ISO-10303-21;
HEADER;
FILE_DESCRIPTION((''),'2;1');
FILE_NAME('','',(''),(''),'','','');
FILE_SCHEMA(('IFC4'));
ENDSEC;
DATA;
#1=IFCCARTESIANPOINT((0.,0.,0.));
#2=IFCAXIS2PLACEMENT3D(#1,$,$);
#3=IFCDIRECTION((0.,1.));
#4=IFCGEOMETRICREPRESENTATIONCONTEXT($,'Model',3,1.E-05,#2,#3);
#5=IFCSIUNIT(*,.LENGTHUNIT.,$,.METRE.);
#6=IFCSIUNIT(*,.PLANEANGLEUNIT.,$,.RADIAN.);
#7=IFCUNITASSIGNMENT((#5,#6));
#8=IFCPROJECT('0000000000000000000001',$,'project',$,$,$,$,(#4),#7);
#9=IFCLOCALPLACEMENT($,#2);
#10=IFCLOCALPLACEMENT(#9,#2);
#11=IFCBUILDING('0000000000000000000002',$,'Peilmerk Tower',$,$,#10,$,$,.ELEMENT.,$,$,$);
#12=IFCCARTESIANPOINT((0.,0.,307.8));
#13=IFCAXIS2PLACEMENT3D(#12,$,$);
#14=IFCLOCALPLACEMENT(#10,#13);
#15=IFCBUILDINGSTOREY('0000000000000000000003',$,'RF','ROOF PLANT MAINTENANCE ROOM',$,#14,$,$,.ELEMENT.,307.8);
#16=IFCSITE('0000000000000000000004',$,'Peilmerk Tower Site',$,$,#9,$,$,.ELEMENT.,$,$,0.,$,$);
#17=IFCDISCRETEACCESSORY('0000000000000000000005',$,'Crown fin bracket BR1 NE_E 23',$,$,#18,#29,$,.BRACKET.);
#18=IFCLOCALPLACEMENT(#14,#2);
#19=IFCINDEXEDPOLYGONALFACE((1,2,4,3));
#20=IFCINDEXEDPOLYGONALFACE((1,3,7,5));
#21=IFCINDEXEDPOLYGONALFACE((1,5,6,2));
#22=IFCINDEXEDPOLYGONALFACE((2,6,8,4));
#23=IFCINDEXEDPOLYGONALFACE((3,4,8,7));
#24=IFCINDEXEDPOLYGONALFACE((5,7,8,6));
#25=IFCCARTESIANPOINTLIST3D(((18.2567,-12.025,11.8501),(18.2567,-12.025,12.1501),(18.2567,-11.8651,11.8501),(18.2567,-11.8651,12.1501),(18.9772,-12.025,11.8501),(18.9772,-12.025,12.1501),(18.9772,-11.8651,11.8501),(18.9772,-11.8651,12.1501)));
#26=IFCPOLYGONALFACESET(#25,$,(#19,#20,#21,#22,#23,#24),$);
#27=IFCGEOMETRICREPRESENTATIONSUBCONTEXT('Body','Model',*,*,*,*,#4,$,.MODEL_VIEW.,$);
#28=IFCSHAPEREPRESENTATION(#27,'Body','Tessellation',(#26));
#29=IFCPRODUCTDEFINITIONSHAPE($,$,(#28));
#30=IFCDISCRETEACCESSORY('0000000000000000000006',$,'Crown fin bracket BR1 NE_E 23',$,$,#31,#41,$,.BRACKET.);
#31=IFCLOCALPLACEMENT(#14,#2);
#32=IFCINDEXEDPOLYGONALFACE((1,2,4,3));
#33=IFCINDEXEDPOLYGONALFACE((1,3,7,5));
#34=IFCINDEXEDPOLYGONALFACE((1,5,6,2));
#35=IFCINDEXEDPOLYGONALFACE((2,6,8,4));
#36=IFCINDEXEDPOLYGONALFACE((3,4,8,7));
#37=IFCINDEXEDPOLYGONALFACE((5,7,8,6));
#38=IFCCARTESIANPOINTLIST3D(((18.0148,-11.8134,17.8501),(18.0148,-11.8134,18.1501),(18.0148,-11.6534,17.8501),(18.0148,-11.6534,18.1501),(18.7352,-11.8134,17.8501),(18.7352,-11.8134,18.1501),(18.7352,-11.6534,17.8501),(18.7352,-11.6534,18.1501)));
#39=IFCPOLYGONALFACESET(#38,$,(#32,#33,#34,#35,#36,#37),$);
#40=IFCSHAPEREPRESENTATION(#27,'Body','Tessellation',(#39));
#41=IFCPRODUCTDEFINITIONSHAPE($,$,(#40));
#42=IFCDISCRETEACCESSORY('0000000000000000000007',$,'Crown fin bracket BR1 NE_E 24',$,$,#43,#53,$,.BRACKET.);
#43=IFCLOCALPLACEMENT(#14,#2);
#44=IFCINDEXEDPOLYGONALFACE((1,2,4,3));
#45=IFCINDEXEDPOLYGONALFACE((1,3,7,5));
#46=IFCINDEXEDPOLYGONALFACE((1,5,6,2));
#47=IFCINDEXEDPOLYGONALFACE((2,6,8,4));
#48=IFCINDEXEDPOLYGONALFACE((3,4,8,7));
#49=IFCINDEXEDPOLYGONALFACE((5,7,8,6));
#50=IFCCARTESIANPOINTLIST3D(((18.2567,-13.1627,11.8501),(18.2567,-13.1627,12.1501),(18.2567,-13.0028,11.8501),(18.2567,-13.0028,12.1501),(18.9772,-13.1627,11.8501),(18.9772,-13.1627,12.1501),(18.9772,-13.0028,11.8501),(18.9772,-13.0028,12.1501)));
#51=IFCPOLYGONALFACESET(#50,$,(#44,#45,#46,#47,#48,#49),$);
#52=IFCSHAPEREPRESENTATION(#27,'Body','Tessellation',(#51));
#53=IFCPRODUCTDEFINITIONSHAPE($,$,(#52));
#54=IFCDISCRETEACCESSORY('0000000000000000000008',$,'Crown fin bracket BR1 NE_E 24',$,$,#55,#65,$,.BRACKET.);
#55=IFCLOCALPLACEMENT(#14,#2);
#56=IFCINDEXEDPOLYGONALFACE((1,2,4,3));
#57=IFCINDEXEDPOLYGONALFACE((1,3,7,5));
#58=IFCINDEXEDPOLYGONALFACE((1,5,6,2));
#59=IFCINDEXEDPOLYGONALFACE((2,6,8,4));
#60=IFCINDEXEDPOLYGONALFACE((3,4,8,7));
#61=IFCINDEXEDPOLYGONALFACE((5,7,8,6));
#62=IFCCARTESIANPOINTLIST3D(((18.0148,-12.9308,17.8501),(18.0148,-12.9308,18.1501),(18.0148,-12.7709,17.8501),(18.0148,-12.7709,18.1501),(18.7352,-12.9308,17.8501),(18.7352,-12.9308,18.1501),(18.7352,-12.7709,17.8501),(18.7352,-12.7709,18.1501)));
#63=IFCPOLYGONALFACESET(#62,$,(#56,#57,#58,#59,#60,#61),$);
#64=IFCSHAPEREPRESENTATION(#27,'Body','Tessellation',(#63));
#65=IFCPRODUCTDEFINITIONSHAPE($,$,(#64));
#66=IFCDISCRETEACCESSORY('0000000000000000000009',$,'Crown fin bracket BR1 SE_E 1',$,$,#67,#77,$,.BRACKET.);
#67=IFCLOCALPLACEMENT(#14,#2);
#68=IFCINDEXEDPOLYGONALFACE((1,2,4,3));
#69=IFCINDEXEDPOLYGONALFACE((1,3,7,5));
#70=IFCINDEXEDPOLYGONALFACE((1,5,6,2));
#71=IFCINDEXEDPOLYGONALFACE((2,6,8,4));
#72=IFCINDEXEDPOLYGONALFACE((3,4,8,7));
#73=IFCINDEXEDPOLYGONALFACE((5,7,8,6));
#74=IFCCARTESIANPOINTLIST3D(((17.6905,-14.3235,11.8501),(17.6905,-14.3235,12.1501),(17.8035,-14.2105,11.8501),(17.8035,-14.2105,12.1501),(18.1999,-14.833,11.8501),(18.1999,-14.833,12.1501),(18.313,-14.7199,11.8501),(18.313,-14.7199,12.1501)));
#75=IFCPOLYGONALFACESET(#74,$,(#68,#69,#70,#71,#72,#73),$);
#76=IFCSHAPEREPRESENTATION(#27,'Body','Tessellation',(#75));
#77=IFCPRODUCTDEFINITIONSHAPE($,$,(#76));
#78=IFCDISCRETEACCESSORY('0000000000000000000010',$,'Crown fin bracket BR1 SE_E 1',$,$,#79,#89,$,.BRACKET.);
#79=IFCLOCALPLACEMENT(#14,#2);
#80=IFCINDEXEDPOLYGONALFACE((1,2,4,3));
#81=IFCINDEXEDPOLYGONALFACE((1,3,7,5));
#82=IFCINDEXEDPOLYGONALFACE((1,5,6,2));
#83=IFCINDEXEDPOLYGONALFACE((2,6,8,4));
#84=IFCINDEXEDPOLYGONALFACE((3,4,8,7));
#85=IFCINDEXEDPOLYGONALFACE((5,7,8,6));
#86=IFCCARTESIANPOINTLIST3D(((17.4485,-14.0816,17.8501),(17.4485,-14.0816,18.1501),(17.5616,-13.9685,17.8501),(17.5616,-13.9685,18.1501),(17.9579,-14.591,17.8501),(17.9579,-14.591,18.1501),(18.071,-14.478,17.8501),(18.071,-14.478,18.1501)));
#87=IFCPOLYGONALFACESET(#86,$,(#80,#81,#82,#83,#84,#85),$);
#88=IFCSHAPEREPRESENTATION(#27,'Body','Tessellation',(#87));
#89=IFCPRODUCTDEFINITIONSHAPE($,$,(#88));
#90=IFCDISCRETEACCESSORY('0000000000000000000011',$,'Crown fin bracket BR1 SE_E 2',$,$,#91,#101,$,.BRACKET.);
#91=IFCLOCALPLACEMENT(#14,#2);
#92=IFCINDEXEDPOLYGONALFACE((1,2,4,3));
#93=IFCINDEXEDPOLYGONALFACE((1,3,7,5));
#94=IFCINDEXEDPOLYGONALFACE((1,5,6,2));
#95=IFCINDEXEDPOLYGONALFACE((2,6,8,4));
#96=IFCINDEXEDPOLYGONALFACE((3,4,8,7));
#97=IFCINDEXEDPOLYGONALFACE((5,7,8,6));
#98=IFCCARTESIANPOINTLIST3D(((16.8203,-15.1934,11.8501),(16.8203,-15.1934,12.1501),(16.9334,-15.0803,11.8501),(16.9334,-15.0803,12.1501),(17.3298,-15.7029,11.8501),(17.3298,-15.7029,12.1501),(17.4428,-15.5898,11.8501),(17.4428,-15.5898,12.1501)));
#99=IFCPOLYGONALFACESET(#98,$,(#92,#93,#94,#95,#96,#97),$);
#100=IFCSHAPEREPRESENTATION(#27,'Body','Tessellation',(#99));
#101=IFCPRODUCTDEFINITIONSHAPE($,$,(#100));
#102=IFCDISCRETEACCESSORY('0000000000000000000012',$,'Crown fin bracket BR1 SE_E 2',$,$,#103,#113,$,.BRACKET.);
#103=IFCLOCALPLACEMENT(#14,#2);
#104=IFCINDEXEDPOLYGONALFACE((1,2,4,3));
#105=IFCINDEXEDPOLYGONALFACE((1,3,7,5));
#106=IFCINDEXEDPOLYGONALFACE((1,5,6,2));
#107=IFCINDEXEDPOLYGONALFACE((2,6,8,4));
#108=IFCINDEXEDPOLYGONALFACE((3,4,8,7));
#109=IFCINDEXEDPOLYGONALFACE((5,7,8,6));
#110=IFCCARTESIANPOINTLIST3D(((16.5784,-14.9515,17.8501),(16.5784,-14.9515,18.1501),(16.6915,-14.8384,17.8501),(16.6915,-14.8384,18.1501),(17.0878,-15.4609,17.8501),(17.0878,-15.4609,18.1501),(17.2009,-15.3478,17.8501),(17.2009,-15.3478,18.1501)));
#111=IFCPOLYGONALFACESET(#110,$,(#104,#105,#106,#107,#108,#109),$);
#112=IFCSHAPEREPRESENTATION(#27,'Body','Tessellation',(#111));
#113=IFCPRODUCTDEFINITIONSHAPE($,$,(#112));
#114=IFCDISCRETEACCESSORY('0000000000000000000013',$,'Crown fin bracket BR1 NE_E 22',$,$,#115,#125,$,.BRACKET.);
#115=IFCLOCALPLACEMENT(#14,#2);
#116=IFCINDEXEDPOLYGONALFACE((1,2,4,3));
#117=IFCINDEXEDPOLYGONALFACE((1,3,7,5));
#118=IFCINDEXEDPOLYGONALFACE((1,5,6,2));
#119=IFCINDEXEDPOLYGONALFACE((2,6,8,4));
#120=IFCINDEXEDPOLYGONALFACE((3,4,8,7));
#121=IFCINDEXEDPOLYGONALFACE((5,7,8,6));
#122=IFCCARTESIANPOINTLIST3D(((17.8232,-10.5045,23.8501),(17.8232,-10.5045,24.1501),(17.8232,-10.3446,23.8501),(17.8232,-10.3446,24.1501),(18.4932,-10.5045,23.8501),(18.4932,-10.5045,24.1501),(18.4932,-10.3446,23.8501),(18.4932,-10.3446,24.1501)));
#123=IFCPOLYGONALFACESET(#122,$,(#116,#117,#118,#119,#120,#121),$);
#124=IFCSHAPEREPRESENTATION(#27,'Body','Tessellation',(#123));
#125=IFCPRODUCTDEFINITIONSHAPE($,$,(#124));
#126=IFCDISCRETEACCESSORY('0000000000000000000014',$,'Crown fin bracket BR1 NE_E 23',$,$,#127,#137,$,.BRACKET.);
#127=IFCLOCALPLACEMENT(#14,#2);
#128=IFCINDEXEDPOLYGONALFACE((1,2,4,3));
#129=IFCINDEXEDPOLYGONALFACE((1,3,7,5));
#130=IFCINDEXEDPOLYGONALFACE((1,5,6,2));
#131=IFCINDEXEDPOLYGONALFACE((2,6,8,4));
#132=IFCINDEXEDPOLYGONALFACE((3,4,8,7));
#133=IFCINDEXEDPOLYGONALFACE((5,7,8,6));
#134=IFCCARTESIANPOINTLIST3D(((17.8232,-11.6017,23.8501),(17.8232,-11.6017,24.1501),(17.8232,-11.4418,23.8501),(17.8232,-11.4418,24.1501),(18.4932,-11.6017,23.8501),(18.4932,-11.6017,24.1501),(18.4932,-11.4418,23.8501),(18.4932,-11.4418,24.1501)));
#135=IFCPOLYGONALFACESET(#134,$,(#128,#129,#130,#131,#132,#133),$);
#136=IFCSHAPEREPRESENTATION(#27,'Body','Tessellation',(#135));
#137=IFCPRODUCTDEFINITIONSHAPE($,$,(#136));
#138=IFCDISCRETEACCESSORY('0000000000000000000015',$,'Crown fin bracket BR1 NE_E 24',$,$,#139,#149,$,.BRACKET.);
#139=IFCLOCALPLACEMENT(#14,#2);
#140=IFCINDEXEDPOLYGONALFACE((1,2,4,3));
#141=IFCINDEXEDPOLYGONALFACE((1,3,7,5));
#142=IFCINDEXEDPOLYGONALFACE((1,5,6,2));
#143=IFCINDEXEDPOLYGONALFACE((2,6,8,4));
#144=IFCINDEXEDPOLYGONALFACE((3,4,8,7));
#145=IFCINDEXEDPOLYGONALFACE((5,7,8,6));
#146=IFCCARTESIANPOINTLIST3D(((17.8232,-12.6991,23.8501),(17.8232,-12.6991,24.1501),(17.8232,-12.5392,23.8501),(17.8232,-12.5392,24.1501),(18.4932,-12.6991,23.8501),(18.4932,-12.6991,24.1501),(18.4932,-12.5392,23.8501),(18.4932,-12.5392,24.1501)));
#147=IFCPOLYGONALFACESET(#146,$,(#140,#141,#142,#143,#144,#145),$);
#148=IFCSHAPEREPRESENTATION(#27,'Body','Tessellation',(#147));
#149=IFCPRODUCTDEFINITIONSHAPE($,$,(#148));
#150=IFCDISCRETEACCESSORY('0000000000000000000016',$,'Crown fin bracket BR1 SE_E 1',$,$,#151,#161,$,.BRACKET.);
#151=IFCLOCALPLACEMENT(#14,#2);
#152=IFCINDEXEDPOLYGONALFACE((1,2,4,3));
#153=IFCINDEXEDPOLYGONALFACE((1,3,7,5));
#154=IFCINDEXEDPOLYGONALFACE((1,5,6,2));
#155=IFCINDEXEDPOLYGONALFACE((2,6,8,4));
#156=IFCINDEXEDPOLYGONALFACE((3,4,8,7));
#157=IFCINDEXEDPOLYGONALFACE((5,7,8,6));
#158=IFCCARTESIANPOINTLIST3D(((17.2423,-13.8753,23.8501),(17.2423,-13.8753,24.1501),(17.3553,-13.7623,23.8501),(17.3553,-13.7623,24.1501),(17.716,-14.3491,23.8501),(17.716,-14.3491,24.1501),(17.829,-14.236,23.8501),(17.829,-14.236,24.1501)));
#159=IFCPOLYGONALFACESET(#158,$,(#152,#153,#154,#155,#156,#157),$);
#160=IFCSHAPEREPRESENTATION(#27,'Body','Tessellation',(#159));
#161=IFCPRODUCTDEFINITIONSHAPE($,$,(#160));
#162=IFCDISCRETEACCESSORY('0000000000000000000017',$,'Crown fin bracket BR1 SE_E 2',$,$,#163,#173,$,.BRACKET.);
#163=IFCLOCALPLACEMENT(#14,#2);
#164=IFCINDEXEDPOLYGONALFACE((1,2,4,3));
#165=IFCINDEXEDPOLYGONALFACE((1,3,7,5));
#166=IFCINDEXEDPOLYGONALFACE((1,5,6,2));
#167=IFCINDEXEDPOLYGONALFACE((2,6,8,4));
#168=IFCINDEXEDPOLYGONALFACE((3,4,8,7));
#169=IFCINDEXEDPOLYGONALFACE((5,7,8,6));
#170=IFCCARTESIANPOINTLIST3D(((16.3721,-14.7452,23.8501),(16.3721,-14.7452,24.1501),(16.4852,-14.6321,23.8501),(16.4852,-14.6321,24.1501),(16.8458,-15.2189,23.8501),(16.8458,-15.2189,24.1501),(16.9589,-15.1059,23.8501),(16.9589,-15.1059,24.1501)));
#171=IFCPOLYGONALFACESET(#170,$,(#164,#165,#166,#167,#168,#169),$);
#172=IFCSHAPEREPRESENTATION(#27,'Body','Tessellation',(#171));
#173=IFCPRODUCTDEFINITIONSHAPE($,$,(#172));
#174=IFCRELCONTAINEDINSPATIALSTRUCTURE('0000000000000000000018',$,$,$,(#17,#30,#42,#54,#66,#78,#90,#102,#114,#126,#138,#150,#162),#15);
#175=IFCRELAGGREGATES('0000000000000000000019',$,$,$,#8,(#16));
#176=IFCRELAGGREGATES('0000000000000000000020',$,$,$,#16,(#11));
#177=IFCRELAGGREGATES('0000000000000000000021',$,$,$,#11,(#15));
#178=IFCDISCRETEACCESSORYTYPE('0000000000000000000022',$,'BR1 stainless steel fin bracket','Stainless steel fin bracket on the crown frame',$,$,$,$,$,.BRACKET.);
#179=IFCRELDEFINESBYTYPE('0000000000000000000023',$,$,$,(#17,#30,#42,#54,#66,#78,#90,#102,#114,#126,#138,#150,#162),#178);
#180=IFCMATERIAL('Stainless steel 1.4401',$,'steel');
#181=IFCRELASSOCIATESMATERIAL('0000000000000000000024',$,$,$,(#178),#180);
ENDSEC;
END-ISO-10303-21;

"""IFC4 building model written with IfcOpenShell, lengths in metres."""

from ifc_helpers import new_model, si_unit, direction, frame, origin, origin_2d, place, context, subcontext, project, spatial, rectangle, extrude, source, transform, mapped, material, type_object, element, save


model = new_model("IFC4")

# Units and contexts
model_context = context("Model", 3, precision=1e-05, world=origin(), true_north=direction((0.0, 1.0)))
body_context = subcontext(model_context, "Body", "Model", "MODEL_VIEW")
ifc_project = project(units=[si_unit("LENGTHUNIT", "METRE"), si_unit("PLANEANGLEUNIT", "RADIAN")], contexts=[model_context])

# Site, building, storey
site_placement = place(None, origin())
site = spatial("IfcSite", under=ifc_project, at=site_placement, Name="Peilmerk Tower Site", CompositionType="ELEMENT", RefElevation=0.0)
building_placement = place(site_placement, origin())
building = spatial("IfcBuilding", under=site, at=building_placement, Name="Peilmerk Tower", CompositionType="ELEMENT")
storey_placement = place(building_placement, frame((0.0, 0.0, 307.8)))
storey = spatial("IfcBuildingStorey", under=building, at=storey_placement, Name="RF", Description="ROOF PLANT MAINTENANCE ROOM", CompositionType="ELEMENT", Elevation=307.8)

# Discrete accessories
ifc_material_1 = material(Name="Stainless steel 1.4401", Category="steel")
discrete_accessory_type = type_object("IfcDiscreteAccessoryType", Name="BR1 stainless steel fin bracket", Description="Stainless steel fin bracket on the crown frame", PredefinedType="BRACKET", material=ifc_material_1)
shared_shape_1 = source(origin(), body_context, "Body", "SweptSolid", [
    extrude(rectangle(XDim=0.7205, YDim=0.1599, at=origin_2d()), origin(), (0.0, 0.0, 1.0), 0.3),
])
for number, where, z_axis, x_axis, name in (
    (1, (18.6169, -11.9451, 11.8501), (0.0, 0.0, 1.0), (1.0, 0.0, 0.0), "Crown fin bracket BR1 NE_E 23"),
    (2, (18.375, -11.7334, 17.8501), (0.0, 0.0, 1.0), (1.0, 0.0, 0.0), "Crown fin bracket BR1 NE_E 23"),
    (3, (18.6169, -13.0828, 11.8501), (0.0, 0.0, 1.0), (1.0, 0.0, 0.0), "Crown fin bracket BR1 NE_E 24"),
    (4, (18.375, -12.8508, 17.8501), (0.0, 0.0, 1.0), (1.0, 0.0, 0.0), "Crown fin bracket BR1 NE_E 24"),
    (5, (18.0017, -14.5217, 11.8501), (0.0, 0.0, 1.0), (0.707107, -0.707107, 0.0), "Crown fin bracket BR1 SE_E 1"),
    (6, (17.7598, -14.2798, 17.8501), (0.0, 0.0, 1.0), (0.707107, -0.707107, 0.0), "Crown fin bracket BR1 SE_E 1"),
    (7, (17.1316, -15.3916, 11.8501), (0.0, 0.0, 1.0), (0.707107, -0.707107, 0.0), "Crown fin bracket BR1 SE_E 2"),
    (8, (16.8896, -15.1497, 17.8501), (0.0, 0.0, 1.0), (0.707107, -0.707107, 0.0), "Crown fin bracket BR1 SE_E 2"),
):
    element("IfcDiscreteAccessory", number, at=place(storey_placement, frame(where, z_axis=z_axis, x_axis=x_axis)), inside=storey, type_object=discrete_accessory_type, Name=name, PredefinedType="BRACKET", context=body_context, shape_type="MappedRepresentation", body=[
        mapped(shared_shape_1, transform((0.0, 0.0, 0.0), scale=1.0)),
    ])
shared_shape_2 = source(origin(), body_context, "Body", "SweptSolid", [
    extrude(rectangle(XDim=0.6699, YDim=0.1599, at=origin_2d()), origin(), (0.0, 0.0, 1.0), 0.3),
])
for number, where, z_axis, x_axis, name in (
    (9, (18.1582, -10.4246, 23.8501), (0.0, 0.0, 1.0), (1.0, 0.0, 0.0), "Crown fin bracket BR1 NE_E 22"),
    (10, (18.1582, -11.5217, 23.8501), (0.0, 0.0, 1.0), (1.0, 0.0, 0.0), "Crown fin bracket BR1 NE_E 23"),
    (11, (18.1582, -12.6191, 23.8501), (0.0, 0.0, 1.0), (1.0, 0.0, 0.0), "Crown fin bracket BR1 NE_E 24"),
    (12, (17.5356, -14.0557, 23.8501), (0.0, 0.0, 1.0), (0.707107, -0.707107, 0.0), "Crown fin bracket BR1 SE_E 1"),
    (13, (16.6655, -14.9255, 23.8501), (0.0, 0.0, 1.0), (0.707107, -0.707107, 0.0), "Crown fin bracket BR1 SE_E 2"),
):
    element("IfcDiscreteAccessory", number, at=place(storey_placement, frame(where, z_axis=z_axis, x_axis=x_axis)), inside=storey, type_object=discrete_accessory_type, Name=name, PredefinedType="BRACKET", context=body_context, shape_type="MappedRepresentation", body=[
        mapped(shared_shape_2, transform((0.0, 0.0, 0.0), scale=1.0)),
    ])

save(model, "model.ifc")
